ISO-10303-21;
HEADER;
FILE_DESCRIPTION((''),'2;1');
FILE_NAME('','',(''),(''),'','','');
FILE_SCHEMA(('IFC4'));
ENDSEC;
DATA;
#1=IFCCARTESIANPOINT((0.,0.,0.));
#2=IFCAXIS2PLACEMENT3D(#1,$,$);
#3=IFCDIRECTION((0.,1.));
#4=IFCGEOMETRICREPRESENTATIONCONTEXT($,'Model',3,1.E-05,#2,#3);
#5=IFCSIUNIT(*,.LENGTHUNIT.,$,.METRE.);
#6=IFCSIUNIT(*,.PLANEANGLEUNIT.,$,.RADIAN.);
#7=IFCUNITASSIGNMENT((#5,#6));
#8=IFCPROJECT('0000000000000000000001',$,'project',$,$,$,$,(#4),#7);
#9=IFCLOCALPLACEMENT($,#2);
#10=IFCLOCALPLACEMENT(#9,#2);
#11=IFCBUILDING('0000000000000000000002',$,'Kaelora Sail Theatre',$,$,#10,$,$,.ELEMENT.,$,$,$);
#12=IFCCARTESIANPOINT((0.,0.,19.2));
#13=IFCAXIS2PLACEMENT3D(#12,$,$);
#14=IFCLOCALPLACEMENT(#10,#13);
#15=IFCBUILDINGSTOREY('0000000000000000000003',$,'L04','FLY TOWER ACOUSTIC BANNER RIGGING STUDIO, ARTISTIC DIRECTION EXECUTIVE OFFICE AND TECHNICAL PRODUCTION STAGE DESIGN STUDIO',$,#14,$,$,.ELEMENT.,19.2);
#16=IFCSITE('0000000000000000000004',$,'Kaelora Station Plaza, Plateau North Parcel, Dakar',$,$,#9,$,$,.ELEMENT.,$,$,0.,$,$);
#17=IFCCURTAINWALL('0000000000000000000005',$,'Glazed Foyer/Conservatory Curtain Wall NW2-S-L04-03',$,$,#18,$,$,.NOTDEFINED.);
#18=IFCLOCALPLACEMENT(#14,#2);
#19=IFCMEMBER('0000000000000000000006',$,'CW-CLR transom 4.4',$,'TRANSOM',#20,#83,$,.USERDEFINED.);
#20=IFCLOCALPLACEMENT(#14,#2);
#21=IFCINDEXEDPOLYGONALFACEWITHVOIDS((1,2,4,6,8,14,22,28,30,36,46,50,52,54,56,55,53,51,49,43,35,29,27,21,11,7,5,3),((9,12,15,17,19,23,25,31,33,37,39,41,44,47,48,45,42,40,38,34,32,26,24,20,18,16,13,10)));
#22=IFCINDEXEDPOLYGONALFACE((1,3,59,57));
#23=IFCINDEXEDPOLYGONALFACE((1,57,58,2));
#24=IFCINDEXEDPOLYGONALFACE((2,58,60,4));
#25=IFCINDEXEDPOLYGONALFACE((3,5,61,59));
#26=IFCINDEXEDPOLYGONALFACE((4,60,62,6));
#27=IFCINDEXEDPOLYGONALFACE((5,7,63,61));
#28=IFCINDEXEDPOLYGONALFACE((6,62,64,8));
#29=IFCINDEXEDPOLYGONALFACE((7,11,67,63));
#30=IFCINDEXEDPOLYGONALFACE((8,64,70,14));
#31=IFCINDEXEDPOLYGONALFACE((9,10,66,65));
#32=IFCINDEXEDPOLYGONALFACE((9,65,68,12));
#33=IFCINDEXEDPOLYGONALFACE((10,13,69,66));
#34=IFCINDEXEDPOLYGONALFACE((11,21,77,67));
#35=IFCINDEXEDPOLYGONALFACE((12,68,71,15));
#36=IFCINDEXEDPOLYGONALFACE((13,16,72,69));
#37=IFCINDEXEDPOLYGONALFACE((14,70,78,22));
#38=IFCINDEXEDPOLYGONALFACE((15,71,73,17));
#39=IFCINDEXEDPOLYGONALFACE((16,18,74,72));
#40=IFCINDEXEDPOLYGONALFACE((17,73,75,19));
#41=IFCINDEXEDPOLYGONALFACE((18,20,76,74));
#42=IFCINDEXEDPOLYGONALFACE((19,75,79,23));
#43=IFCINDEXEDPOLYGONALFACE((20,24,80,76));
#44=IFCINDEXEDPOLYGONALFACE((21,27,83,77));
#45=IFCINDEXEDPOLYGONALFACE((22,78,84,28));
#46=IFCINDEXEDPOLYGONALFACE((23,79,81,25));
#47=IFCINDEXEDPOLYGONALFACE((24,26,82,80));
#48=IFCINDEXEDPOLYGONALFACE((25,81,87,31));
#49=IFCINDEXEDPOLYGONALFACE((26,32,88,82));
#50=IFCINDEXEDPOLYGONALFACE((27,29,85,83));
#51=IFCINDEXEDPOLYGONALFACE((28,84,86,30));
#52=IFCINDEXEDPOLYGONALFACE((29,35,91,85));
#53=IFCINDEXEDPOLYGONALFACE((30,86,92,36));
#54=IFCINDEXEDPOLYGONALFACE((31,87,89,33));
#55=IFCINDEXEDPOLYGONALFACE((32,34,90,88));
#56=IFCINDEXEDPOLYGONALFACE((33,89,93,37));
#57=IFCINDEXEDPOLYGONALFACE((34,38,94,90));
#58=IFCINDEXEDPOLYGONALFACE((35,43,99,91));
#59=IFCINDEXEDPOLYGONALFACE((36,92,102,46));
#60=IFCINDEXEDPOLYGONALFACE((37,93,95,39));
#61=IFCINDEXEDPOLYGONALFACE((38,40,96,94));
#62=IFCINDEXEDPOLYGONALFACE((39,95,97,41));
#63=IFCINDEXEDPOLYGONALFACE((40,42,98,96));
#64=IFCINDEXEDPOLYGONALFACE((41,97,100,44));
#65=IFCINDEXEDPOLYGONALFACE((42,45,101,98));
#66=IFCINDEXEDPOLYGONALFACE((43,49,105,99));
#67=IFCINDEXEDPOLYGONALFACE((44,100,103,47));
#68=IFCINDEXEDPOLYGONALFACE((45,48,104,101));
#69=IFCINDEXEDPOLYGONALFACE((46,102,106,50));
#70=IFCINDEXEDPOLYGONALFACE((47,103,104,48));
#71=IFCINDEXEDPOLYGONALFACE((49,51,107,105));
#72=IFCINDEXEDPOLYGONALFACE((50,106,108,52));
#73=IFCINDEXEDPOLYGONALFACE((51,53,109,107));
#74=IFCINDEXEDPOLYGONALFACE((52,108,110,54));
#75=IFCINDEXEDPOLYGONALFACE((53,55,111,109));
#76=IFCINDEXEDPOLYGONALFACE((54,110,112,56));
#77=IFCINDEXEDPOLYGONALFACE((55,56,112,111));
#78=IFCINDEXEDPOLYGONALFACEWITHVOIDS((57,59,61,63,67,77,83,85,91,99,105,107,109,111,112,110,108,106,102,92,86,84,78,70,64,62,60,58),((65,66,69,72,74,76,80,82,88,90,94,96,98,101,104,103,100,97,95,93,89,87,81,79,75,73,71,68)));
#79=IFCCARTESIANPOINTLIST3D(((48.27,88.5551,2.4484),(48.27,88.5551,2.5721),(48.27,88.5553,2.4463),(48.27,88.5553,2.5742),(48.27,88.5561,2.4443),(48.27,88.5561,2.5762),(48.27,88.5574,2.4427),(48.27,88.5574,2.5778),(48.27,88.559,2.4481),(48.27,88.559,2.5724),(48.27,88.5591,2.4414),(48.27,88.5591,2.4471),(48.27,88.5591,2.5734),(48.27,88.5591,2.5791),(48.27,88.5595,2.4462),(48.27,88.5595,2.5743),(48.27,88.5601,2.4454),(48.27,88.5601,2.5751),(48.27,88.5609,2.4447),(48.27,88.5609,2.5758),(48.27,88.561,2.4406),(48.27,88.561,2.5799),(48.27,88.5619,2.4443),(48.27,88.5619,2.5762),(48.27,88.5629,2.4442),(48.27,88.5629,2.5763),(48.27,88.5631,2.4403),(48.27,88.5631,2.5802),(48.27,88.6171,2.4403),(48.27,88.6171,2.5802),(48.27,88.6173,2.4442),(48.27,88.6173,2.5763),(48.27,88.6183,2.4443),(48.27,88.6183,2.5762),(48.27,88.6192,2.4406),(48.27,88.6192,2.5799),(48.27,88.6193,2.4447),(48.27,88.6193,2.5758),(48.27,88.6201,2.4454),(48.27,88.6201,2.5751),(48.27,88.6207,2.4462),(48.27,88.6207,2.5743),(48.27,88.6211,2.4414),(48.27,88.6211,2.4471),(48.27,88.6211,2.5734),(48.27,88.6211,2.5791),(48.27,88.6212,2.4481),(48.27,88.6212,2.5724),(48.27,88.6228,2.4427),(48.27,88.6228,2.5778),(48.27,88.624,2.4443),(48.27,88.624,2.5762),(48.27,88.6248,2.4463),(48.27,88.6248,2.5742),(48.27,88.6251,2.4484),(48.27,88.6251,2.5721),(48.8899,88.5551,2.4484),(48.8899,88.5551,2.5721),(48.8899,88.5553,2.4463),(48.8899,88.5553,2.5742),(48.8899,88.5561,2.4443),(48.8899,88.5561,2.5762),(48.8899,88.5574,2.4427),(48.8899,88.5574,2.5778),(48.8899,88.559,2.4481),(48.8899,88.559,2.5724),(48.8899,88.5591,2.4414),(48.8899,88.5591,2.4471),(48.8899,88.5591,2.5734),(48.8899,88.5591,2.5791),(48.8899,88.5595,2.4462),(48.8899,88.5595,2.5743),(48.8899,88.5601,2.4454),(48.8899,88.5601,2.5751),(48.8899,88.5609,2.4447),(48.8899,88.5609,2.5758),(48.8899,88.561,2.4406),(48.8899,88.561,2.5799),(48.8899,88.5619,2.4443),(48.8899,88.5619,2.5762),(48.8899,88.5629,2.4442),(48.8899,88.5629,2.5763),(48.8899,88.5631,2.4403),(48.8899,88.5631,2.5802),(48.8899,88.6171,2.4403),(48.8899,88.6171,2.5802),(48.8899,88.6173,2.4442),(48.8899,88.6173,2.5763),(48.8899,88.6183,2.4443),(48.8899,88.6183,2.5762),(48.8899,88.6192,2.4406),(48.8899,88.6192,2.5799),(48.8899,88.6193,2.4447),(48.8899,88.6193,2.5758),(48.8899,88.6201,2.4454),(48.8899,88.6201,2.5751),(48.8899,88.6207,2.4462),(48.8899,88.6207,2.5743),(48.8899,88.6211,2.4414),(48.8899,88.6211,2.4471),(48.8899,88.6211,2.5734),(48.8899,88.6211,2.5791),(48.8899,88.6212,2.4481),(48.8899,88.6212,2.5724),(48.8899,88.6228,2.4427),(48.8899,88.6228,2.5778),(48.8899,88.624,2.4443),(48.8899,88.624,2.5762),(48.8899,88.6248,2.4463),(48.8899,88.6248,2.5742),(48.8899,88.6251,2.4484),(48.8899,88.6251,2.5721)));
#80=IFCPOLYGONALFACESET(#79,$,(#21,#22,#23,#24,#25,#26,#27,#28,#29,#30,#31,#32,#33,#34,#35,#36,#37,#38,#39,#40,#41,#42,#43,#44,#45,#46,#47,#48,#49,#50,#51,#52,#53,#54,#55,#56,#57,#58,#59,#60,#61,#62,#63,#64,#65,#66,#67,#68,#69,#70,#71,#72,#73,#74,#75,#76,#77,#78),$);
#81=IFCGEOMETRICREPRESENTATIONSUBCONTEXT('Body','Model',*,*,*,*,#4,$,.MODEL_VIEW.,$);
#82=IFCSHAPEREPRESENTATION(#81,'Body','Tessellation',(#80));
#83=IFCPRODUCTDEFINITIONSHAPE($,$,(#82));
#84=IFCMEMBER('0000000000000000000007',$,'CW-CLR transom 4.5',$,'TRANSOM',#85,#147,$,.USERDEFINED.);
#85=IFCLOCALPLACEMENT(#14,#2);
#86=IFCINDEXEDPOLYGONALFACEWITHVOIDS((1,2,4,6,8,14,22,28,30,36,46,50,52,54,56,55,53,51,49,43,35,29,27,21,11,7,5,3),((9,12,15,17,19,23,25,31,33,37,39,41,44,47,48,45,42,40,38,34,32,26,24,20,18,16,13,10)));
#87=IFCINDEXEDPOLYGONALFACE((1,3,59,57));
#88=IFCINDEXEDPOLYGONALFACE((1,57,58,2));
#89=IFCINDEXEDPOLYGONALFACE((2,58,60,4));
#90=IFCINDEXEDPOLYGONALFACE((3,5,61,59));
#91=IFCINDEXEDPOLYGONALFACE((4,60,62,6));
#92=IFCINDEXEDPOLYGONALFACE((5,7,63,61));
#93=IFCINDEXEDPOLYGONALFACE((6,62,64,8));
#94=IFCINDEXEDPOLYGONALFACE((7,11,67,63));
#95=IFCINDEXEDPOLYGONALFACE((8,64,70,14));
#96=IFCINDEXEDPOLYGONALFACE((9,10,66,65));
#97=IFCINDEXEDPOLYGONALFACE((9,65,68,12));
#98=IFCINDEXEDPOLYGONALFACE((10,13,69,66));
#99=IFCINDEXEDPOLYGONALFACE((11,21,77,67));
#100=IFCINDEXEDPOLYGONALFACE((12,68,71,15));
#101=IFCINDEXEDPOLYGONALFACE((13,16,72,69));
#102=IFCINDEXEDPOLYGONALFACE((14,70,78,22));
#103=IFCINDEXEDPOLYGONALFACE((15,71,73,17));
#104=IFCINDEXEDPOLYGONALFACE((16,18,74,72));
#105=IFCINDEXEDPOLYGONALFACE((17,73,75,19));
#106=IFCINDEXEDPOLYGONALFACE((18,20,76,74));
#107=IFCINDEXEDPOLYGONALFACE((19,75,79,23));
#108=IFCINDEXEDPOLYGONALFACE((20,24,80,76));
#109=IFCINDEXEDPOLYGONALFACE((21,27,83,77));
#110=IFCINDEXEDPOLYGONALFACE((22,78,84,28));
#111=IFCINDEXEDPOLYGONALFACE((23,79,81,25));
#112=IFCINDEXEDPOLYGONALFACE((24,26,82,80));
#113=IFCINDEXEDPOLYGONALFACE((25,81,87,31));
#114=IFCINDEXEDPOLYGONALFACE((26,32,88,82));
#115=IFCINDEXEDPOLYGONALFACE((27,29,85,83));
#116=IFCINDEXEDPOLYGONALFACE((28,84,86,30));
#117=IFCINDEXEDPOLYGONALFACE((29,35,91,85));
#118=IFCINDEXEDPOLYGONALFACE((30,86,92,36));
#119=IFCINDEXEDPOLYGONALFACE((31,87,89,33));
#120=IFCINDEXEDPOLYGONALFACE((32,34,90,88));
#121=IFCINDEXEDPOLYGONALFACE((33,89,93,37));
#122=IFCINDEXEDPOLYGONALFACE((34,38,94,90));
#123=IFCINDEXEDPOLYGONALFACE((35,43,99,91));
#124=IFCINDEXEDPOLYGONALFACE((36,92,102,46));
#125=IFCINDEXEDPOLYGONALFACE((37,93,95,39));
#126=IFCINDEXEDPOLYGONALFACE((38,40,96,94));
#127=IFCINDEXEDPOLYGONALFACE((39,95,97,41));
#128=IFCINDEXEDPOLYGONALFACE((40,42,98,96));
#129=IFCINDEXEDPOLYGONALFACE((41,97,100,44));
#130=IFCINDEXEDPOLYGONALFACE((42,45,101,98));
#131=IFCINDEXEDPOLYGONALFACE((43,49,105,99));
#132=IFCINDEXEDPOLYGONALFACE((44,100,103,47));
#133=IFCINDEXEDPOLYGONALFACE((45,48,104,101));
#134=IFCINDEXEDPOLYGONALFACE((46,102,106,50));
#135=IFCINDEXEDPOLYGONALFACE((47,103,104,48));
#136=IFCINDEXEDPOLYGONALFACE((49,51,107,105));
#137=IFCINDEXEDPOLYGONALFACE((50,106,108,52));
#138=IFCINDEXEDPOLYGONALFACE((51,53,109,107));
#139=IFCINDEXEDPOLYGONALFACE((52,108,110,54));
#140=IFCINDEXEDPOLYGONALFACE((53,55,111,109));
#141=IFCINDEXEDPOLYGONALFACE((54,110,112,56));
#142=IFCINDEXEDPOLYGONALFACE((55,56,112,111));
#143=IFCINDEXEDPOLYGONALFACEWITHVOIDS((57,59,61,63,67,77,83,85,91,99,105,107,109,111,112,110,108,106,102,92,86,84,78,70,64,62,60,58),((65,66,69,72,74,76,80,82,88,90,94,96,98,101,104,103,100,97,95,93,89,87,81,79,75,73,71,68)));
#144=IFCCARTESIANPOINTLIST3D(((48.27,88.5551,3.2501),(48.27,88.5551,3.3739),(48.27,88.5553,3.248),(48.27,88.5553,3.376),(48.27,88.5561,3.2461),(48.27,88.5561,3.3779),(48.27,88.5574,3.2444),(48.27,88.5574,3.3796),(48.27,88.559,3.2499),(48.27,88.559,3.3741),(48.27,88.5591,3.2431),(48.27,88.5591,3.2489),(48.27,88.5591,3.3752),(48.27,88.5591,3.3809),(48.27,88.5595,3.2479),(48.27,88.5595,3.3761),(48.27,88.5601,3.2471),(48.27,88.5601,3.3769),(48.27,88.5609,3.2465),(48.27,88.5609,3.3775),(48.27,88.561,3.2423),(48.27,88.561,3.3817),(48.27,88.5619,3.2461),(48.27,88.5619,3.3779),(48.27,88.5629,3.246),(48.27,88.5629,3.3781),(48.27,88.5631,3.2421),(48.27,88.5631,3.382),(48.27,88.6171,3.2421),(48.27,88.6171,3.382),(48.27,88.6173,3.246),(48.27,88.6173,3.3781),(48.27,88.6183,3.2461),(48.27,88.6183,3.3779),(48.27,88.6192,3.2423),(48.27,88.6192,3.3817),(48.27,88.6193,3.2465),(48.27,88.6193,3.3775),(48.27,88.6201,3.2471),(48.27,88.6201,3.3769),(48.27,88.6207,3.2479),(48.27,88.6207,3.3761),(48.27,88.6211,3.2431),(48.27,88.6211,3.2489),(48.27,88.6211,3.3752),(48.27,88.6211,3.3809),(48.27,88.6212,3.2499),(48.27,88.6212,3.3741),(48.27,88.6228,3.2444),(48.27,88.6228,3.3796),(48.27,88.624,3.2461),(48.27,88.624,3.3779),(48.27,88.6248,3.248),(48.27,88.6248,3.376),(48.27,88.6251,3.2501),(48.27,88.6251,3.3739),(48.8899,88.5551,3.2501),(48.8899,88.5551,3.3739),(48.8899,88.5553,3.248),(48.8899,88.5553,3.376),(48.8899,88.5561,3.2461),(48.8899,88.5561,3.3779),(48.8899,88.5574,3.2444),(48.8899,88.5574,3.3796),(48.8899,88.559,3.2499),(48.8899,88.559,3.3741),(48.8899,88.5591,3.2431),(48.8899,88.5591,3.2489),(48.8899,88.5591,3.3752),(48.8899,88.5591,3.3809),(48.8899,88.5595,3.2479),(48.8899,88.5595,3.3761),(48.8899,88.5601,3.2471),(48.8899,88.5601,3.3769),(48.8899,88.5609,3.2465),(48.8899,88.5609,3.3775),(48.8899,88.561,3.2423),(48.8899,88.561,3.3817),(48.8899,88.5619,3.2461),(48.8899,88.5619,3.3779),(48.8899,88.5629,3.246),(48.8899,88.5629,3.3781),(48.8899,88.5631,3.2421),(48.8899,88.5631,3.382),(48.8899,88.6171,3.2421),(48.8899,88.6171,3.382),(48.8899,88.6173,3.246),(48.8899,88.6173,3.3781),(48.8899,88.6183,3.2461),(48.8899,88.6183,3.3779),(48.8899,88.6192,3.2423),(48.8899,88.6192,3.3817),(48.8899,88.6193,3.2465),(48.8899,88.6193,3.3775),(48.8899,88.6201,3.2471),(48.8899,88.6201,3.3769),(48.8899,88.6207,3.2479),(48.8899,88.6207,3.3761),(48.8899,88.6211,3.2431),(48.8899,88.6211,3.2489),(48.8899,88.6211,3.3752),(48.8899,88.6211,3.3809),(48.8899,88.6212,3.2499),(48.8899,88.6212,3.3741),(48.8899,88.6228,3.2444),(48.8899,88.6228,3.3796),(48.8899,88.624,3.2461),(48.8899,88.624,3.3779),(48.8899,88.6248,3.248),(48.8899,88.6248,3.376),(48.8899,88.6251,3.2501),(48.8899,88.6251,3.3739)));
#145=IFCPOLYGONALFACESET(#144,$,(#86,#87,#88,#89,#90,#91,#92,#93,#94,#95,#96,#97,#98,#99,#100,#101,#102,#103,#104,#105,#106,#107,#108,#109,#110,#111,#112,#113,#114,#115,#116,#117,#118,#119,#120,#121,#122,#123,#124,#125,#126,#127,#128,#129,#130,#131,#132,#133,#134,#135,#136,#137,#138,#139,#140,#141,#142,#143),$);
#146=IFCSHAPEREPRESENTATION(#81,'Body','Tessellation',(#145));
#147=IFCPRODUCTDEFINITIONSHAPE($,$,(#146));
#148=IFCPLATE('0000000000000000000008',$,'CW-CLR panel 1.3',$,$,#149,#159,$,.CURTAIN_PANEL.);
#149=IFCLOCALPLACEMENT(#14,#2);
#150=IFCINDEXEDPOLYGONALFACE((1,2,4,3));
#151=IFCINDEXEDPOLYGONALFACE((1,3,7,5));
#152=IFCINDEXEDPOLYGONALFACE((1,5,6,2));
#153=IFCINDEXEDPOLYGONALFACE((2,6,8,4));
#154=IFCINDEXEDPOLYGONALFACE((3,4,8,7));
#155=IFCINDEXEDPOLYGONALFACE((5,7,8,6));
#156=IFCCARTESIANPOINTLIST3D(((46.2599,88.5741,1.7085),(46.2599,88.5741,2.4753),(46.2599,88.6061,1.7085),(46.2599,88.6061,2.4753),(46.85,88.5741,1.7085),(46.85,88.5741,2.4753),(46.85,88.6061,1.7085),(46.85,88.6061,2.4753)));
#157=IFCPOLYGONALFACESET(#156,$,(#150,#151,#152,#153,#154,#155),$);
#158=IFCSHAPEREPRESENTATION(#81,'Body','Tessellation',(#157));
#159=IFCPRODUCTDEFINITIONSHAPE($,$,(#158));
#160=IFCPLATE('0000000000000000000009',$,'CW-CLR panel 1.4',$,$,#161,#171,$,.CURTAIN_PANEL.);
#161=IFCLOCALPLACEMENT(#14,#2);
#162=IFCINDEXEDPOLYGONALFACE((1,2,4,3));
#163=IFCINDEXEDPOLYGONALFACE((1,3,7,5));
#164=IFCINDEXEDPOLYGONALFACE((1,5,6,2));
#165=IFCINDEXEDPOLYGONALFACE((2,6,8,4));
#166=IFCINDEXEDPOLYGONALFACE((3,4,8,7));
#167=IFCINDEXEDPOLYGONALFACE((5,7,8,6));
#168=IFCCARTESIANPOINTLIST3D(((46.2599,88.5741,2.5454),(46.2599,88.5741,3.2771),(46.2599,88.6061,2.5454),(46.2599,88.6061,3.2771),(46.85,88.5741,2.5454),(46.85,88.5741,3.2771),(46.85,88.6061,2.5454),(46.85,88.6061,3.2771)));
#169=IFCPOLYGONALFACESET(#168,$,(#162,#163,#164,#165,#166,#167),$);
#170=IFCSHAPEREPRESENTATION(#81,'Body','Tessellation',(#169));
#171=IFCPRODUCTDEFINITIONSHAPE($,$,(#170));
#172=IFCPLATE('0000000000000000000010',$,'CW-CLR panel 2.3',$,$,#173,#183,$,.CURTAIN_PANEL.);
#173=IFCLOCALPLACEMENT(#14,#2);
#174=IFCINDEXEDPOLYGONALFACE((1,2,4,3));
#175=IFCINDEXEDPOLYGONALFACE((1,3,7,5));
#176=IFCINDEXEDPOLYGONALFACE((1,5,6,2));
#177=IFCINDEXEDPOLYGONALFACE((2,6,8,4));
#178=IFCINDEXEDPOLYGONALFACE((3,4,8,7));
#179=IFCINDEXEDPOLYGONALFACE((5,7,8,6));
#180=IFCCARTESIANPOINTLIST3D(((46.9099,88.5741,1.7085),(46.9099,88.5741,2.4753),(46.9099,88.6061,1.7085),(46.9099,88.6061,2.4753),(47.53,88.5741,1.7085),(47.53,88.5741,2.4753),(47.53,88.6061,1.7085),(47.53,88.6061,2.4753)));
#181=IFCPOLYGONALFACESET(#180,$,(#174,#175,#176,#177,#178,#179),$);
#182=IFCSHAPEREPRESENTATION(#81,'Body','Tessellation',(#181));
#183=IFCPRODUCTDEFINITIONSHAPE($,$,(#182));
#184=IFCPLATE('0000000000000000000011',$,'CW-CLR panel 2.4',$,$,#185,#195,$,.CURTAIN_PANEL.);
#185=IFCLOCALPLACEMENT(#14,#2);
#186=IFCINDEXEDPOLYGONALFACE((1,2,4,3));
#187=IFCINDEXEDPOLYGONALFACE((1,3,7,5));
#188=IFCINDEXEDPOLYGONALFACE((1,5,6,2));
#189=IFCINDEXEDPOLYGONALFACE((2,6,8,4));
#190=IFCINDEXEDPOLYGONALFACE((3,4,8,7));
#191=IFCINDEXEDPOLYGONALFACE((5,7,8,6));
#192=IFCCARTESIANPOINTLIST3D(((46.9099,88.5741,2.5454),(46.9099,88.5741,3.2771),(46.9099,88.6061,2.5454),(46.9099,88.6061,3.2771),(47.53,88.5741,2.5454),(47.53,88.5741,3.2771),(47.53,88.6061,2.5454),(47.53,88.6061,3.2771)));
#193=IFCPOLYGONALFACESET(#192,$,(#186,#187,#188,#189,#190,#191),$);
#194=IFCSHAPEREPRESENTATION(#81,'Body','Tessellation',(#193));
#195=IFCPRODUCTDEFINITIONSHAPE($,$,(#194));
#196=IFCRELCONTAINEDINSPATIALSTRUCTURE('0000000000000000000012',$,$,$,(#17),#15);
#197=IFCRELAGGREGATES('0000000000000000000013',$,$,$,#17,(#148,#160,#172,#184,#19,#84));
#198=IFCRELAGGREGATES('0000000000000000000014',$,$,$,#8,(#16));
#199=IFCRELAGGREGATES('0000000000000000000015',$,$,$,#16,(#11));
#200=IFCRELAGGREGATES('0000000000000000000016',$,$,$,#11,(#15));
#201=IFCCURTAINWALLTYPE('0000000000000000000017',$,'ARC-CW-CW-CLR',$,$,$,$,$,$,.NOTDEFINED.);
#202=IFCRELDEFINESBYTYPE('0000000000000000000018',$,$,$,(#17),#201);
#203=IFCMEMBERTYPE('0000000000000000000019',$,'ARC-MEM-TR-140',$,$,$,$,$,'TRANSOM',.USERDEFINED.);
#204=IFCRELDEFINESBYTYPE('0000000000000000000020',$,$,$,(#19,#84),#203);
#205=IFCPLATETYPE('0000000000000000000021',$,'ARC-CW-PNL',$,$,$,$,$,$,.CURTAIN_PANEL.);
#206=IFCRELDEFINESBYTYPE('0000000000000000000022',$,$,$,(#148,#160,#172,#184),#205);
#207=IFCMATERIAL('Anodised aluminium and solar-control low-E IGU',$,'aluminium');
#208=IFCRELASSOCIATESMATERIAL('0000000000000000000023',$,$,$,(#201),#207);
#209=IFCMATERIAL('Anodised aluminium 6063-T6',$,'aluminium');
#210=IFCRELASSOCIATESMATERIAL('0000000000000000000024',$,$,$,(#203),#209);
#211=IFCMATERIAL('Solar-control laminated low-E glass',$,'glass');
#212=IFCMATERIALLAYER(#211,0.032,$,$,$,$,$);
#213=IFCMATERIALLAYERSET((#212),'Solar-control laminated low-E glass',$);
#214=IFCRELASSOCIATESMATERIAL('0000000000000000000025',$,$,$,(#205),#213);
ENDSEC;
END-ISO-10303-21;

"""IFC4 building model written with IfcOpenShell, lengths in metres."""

from ifc_helpers import new_model, si_unit, direction, frame, origin, origin_2d, place, context, subcontext, project, spatial, rectangle, hollow_rectangle, extrude, material, layer, layer_set, material_profile, profile_set, type_object, element, aggregate, save


model = new_model("IFC4")

# Units and contexts
model_context = context("Model", 3, precision=1e-05, world=origin(), true_north=direction((0.0, 1.0)))
body_context = subcontext(model_context, "Body", "Model", "MODEL_VIEW")
ifc_project = project(units=[si_unit("LENGTHUNIT", "METRE"), si_unit("PLANEANGLEUNIT", "RADIAN")], contexts=[model_context])

# Site, building, storey
site_placement = place(None, origin())
site = spatial("IfcSite", under=ifc_project, at=site_placement, Name="Kaelora Station Plaza, Plateau North Parcel, Dakar", CompositionType="ELEMENT", RefElevation=0.0)
building_placement = place(site_placement, origin())
building = spatial("IfcBuilding", under=site, at=building_placement, Name="Kaelora Sail Theatre", CompositionType="ELEMENT")
storey_placement = place(building_placement, frame((0.0, 0.0, 19.2)))
storey = spatial("IfcBuildingStorey", under=building, at=storey_placement, Name="L04", Description="FLY TOWER ACOUSTIC BANNER RIGGING STUDIO, ARTISTIC DIRECTION EXECUTIVE OFFICE AND TECHNICAL PRODUCTION STAGE DESIGN STUDIO", CompositionType="ELEMENT", Elevation=19.2)

# Curtain wall, members, plates
ifc_material_1 = material(Name="Anodised aluminium and solar-control low-E IGU", Category="aluminium")
curtain_wall_type = type_object("IfcCurtainWallType", Name="ARC-CW-CW-CLR", PredefinedType="NOTDEFINED", material=ifc_material_1)
curtain_wall_placement = place(storey_placement, origin())
curtain_wall = element("IfcCurtainWall", 1, at=curtain_wall_placement, inside=storey, type_object=curtain_wall_type, Name="Glazed Foyer/Conservatory Curtain Wall NW2-S-L04-03", PredefinedType="NOTDEFINED")
ifc_material_2 = material(Name="Anodised aluminium 6063-T6", Category="aluminium")
ifc_material_profile = material_profile(ifc_material_2, hollow_rectangle(XDim=0.0701, YDim=0.1399, WallThickness=0.0039, InnerFilletRadius=0.0039, OuterFilletRadius=0.0081, at=origin_2d()), Name="ALU-TRAN 70x140x4")
ifc_profile_set = profile_set([ifc_material_profile], Name="Anodised aluminium 6063-T6")
member_type = type_object("IfcMemberType", Name="ARC-MEM-TR-140", ElementType="TRANSOM", PredefinedType="USERDEFINED", material=ifc_profile_set)
member_1_placement = place(storey_placement, frame((48.27, 88.5901, 2.5103), z_axis=(1.0, 0.0, 0.0), x_axis=(0.0, 1.0, 0.0)))
member_1 = element("IfcMember", 2, at=member_1_placement, type_object=member_type, Name="CW-CLR transom 4.4", ObjectType="TRANSOM", PredefinedType="USERDEFINED", context=body_context, shape_type="SweptSolid", body=[
    extrude(hollow_rectangle(XDim=0.0701, YDim=0.1399, WallThickness=0.0039, InnerFilletRadius=0.0039, OuterFilletRadius=0.0081, at=origin_2d()), origin(), (0.0, 0.0, 1.0), 0.6199),
])
member_2_placement = place(storey_placement, frame((48.27, 88.5901, 3.312), z_axis=(1.0, 0.0, 0.0), x_axis=(0.0, 1.0, 0.0)))
member_2 = element("IfcMember", 3, at=member_2_placement, type_object=member_type, Name="CW-CLR transom 4.5", ObjectType="TRANSOM", PredefinedType="USERDEFINED", context=body_context, shape_type="SweptSolid", body=[
    extrude(hollow_rectangle(XDim=0.0701, YDim=0.1399, WallThickness=0.0039, InnerFilletRadius=0.0039, OuterFilletRadius=0.0081, at=origin_2d()), origin(), (0.0, 0.0, 1.0), 0.6199),
])
ifc_material_3 = material(Name="Solar-control laminated low-E glass", Category="glass")
ifc_layer = layer(ifc_material_3, 0.032)
ifc_layer_set = layer_set([ifc_layer], Name="Solar-control laminated low-E glass")
plate_type = type_object("IfcPlateType", Name="ARC-CW-PNL", PredefinedType="CURTAIN_PANEL", material=ifc_layer_set)
plate_1_placement = place(storey_placement, frame((46.5549, 88.5901, 1.7085), z_axis=(0.0, 0.0, 1.0), x_axis=(1.0, 0.0, 0.0)))
plate_1 = element("IfcPlate", 4, at=plate_1_placement, type_object=plate_type, Name="CW-CLR panel 1.3", PredefinedType="CURTAIN_PANEL", context=body_context, shape_type="SweptSolid", body=[
    extrude(rectangle(XDim=0.5901, YDim=0.032, at=origin_2d()), origin(), (0.0, 0.0, 1.0), 0.7668),
])
plate_2_placement = place(storey_placement, frame((46.5549, 88.5901, 2.5454), z_axis=(0.0, 0.0, 1.0), x_axis=(1.0, 0.0, 0.0)))
plate_2 = element("IfcPlate", 5, at=plate_2_placement, type_object=plate_type, Name="CW-CLR panel 1.4", PredefinedType="CURTAIN_PANEL", context=body_context, shape_type="SweptSolid", body=[
    extrude(rectangle(XDim=0.5901, YDim=0.032, at=origin_2d()), origin(), (0.0, 0.0, 1.0), 0.7317),
])
plate_3_placement = place(storey_placement, frame((47.22, 88.5901, 1.7085), z_axis=(0.0, 0.0, 1.0), x_axis=(1.0, 0.0, 0.0)))
plate_3 = element("IfcPlate", 6, at=plate_3_placement, type_object=plate_type, Name="CW-CLR panel 2.3", PredefinedType="CURTAIN_PANEL", context=body_context, shape_type="SweptSolid", body=[
    extrude(rectangle(XDim=0.6201, YDim=0.032, at=origin_2d()), origin(), (0.0, 0.0, 1.0), 0.7668),
])
plate_4_placement = place(storey_placement, frame((47.22, 88.5901, 2.5454), z_axis=(0.0, 0.0, 1.0), x_axis=(1.0, 0.0, 0.0)))
plate_4 = element("IfcPlate", 7, at=plate_4_placement, type_object=plate_type, Name="CW-CLR panel 2.4", PredefinedType="CURTAIN_PANEL", context=body_context, shape_type="SweptSolid", body=[
    extrude(rectangle(XDim=0.6201, YDim=0.032, at=origin_2d()), origin(), (0.0, 0.0, 1.0), 0.7317),
])
aggregate(curtain_wall, [plate_1, plate_2, plate_3, plate_4, member_1, member_2])

save(model, "model.ifc")
